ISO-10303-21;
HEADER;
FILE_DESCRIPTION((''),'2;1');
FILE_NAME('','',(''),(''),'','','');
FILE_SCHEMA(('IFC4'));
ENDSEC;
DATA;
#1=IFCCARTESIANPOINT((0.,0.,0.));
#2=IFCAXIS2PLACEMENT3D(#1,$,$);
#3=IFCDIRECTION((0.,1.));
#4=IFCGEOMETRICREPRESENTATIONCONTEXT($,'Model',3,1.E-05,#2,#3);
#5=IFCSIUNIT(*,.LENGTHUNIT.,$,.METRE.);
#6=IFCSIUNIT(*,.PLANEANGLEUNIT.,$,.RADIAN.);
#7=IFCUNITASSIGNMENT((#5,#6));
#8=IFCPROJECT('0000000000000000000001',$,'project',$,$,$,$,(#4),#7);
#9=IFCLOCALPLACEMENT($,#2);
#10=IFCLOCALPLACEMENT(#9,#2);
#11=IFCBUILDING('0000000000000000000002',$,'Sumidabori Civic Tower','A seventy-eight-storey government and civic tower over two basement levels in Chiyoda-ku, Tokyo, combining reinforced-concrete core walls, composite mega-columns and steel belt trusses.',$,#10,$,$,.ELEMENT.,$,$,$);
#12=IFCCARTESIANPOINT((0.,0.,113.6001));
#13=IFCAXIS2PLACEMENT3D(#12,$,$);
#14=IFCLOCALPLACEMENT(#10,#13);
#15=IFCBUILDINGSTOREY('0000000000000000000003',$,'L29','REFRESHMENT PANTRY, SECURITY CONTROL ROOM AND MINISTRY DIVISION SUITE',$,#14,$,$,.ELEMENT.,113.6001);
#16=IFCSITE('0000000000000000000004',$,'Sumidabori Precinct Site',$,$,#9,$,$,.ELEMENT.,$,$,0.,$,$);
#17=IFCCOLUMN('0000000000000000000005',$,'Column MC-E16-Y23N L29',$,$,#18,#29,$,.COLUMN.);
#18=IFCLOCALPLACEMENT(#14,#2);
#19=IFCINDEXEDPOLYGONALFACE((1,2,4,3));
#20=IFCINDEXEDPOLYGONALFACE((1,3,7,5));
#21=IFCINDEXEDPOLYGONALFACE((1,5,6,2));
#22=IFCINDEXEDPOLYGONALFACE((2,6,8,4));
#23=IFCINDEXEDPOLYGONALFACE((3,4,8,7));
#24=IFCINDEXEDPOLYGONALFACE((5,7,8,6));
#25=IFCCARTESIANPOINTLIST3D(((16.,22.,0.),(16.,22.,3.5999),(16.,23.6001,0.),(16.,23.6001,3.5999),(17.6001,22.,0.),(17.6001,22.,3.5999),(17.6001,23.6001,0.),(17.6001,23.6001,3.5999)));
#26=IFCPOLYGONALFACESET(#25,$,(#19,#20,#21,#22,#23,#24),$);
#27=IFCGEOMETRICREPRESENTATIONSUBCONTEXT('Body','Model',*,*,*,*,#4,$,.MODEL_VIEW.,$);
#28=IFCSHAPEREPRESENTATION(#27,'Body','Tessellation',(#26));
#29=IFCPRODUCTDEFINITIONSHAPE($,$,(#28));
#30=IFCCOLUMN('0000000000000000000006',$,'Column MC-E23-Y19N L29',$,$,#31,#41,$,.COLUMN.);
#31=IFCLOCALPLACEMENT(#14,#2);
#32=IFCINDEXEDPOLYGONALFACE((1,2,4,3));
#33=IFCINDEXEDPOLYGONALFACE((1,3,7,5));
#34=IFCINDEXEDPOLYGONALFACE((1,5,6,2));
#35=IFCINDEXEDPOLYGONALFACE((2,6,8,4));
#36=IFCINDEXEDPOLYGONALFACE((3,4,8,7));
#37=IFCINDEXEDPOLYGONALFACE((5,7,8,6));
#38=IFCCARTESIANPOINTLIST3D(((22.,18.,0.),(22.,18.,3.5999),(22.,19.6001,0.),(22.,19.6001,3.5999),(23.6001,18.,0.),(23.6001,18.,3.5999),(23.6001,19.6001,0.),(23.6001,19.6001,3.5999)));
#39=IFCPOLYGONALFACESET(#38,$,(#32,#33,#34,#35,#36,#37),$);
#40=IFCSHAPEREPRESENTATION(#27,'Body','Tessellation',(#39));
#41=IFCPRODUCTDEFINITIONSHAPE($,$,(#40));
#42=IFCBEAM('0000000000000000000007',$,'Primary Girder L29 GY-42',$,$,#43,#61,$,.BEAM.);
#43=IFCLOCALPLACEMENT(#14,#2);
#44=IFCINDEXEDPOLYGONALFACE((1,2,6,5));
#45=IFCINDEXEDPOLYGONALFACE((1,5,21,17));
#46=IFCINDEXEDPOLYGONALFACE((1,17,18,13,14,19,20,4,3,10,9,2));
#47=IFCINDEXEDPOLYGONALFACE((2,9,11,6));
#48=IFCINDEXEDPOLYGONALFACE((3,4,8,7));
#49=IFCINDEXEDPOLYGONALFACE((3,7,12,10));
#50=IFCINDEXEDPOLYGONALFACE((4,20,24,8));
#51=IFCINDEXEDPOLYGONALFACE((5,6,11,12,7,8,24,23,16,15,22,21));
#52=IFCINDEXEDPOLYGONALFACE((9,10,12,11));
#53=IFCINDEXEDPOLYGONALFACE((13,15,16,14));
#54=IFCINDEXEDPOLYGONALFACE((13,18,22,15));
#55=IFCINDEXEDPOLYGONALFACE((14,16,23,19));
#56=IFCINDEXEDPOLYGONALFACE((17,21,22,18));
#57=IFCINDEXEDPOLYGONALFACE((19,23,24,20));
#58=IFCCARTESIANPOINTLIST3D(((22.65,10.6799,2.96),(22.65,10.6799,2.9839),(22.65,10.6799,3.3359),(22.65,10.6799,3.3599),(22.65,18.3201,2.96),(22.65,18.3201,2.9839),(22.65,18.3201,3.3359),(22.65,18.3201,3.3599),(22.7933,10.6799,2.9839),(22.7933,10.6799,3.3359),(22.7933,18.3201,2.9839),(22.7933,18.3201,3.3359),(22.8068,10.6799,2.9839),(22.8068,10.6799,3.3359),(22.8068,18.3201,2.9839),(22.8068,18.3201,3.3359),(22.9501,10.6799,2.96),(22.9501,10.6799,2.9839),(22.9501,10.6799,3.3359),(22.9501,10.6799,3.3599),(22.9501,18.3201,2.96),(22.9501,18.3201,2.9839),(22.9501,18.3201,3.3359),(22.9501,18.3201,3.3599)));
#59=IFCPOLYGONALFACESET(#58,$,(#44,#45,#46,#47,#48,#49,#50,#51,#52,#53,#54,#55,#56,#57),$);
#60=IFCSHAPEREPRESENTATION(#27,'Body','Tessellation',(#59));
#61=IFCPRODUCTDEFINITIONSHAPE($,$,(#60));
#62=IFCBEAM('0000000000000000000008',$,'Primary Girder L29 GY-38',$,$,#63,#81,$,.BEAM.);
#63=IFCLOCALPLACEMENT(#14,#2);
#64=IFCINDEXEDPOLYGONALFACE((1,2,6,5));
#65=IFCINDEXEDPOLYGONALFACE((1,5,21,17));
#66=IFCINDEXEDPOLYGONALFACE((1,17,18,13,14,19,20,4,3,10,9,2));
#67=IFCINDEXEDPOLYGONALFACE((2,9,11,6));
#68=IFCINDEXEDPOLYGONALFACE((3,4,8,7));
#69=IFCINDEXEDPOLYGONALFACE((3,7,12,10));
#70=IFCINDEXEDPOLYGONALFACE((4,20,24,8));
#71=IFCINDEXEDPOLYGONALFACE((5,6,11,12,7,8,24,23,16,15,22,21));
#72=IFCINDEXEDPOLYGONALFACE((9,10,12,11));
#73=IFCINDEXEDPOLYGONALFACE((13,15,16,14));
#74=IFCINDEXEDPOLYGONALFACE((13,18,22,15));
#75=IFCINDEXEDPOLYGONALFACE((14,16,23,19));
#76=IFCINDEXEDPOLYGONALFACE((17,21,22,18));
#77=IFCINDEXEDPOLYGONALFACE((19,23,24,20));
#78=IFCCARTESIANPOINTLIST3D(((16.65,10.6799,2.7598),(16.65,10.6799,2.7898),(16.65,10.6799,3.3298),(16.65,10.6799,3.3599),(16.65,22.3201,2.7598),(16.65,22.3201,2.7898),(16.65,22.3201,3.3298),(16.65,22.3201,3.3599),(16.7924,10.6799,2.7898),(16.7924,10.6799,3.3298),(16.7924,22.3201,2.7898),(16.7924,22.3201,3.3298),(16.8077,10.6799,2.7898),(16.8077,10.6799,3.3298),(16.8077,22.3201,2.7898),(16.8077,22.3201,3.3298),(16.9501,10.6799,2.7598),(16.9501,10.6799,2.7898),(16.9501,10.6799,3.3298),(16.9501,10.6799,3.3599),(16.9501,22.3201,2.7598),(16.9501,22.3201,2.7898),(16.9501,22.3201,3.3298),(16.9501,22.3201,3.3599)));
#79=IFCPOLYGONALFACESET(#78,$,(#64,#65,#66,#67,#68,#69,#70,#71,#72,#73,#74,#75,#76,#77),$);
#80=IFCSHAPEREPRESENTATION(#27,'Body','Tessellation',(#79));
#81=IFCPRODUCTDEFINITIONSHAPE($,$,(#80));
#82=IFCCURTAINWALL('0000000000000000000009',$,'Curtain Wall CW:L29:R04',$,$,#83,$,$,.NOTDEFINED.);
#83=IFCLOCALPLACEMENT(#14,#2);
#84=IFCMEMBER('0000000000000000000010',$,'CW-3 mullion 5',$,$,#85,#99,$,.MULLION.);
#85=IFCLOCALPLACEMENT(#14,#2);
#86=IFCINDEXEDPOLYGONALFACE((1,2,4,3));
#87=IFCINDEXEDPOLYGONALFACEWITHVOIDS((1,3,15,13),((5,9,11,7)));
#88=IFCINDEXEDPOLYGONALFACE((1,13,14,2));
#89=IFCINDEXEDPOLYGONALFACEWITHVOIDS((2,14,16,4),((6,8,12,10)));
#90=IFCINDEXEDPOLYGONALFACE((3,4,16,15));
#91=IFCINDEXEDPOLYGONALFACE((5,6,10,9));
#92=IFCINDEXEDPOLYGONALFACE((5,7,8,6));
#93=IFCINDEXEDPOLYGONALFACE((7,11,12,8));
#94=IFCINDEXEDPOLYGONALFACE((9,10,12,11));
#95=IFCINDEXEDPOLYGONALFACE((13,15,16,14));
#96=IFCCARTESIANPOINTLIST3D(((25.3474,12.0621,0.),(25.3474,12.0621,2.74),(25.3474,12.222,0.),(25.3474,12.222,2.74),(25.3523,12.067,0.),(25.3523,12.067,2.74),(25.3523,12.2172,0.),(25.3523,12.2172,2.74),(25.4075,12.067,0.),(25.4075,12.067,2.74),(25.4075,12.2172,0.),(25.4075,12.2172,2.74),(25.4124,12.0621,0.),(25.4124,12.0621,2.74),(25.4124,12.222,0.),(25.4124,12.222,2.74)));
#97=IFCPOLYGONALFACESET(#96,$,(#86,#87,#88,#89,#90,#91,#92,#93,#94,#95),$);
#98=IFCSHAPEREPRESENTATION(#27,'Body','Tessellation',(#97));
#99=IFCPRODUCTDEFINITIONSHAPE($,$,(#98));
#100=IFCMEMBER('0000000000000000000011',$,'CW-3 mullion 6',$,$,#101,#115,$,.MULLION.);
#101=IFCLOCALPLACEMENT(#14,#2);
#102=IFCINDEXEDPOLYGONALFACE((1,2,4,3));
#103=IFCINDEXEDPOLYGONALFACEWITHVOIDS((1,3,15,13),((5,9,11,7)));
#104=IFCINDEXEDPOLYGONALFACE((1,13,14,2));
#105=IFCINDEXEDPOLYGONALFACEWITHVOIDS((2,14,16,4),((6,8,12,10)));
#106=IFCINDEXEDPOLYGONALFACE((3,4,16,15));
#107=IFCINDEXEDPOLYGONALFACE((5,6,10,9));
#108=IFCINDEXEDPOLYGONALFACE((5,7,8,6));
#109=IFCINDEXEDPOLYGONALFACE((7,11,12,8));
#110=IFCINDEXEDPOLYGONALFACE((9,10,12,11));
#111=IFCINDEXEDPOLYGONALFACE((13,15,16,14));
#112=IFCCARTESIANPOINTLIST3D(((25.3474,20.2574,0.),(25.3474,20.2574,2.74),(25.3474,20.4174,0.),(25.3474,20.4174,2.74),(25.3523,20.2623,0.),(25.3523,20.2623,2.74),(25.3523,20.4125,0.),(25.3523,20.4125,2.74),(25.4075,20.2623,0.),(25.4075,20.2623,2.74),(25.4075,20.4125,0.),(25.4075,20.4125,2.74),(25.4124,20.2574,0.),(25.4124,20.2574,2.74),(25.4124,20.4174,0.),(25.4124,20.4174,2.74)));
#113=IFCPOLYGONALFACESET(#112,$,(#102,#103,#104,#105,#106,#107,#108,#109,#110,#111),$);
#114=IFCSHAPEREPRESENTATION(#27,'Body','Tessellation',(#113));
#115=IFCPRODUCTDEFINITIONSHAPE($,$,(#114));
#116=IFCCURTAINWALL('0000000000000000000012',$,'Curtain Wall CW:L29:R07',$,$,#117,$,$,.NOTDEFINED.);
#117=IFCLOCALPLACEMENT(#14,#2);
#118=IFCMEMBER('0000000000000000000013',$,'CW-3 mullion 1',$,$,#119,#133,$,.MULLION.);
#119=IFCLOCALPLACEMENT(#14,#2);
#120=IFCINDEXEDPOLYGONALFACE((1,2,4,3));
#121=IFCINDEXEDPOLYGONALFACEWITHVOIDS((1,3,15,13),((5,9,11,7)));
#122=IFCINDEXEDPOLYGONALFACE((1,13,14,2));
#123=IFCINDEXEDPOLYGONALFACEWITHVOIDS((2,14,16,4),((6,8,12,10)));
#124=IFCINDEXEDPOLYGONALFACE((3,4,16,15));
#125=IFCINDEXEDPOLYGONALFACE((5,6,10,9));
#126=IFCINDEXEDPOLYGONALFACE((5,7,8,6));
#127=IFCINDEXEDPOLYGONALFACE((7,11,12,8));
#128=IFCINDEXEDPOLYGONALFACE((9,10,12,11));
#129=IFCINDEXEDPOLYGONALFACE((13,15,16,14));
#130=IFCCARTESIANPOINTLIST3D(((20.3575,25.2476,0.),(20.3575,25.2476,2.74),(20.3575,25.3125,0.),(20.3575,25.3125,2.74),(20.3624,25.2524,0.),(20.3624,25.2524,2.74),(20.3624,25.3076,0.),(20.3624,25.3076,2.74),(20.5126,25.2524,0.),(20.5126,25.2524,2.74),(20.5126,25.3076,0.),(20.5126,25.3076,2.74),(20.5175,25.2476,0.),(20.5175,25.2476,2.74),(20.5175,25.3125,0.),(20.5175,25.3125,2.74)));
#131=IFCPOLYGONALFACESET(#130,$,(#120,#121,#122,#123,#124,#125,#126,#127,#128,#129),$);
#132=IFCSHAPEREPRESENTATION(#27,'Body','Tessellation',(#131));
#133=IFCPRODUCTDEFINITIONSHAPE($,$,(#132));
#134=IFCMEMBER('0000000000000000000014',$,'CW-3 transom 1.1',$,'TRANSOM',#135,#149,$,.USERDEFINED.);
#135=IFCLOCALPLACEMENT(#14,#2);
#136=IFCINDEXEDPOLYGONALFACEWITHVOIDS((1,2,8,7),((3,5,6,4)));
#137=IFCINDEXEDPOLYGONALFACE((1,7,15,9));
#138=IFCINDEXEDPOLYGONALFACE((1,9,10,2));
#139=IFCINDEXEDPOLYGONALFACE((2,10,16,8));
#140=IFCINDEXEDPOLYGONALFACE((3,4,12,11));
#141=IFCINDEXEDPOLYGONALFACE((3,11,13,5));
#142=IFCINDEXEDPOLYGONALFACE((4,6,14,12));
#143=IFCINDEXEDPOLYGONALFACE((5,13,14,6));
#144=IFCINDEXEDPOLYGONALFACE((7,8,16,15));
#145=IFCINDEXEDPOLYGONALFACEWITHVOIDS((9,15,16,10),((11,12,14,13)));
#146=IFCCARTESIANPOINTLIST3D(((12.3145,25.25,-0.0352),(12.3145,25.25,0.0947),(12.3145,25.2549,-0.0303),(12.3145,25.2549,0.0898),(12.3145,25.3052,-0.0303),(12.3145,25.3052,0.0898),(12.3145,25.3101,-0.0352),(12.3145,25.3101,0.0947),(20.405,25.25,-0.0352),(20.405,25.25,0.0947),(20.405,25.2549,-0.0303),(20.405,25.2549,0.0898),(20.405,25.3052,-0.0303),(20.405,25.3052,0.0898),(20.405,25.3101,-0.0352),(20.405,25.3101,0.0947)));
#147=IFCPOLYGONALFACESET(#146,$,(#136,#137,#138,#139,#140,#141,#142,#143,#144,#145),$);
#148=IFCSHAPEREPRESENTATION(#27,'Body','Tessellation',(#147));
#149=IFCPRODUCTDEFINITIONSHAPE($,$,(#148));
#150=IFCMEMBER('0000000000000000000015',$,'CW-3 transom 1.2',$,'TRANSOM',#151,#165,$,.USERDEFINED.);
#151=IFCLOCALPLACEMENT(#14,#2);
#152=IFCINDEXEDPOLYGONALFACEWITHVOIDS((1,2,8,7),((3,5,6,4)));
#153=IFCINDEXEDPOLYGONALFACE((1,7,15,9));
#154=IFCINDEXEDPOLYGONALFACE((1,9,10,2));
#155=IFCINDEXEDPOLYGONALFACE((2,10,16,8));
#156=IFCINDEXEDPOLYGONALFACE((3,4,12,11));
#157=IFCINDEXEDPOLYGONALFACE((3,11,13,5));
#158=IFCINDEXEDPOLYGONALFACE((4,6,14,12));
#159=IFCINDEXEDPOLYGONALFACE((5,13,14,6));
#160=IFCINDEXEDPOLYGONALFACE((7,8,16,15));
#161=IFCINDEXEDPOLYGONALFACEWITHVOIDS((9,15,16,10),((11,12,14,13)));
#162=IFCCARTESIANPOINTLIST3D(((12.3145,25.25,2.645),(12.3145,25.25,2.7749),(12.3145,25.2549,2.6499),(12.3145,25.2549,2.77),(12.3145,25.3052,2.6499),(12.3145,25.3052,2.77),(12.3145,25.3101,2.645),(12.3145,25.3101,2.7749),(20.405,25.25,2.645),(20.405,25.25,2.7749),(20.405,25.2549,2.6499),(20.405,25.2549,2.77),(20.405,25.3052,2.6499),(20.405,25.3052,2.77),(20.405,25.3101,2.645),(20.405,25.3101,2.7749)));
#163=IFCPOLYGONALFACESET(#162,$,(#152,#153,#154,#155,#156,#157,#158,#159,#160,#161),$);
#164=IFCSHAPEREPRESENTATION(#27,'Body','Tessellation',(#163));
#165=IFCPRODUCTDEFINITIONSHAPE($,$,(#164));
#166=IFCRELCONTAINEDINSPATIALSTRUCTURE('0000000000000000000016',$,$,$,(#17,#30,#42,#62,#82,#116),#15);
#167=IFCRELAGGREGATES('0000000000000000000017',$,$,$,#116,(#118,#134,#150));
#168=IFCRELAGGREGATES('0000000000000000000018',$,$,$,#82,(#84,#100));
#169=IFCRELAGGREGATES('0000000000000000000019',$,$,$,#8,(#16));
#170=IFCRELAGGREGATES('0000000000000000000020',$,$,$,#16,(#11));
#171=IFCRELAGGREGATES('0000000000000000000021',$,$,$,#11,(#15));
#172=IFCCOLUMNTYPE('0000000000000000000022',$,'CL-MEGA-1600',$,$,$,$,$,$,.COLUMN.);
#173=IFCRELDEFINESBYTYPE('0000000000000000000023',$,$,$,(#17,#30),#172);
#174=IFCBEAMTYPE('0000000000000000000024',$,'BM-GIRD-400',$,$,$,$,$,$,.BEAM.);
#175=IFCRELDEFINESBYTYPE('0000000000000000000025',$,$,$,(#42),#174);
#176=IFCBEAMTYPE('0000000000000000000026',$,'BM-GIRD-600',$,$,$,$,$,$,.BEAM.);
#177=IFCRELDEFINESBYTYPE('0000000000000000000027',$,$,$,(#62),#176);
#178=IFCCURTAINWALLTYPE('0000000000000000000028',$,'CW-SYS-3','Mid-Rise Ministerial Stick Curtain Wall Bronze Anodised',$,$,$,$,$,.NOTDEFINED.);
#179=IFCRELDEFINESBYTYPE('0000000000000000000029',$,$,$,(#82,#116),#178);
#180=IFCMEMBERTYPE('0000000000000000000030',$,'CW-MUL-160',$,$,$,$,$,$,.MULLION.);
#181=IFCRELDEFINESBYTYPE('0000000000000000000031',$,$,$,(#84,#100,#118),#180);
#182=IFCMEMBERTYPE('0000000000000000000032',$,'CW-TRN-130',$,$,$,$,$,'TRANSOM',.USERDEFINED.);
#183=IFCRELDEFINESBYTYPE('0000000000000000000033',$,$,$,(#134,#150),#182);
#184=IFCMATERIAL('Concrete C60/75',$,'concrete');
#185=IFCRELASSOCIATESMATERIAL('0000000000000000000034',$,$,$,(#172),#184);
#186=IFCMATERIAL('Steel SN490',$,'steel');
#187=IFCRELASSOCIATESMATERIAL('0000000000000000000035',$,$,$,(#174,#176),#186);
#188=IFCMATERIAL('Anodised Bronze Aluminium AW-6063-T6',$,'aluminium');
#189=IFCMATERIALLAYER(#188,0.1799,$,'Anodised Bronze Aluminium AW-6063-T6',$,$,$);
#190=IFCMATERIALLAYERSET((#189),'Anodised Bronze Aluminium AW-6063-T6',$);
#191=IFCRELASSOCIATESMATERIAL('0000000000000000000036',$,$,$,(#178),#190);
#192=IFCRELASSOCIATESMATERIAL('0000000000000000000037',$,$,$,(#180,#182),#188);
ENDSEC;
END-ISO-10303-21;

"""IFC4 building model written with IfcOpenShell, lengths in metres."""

from ifc_helpers import new_model, si_unit, direction, frame, origin, origin_2d, place, context, subcontext, project, spatial, rectangle, hollow_rectangle, i_section, extrude, source, transform, mapped, material, layer, layer_set, material_profile, profile_set, type_object, element, aggregate, save


model = new_model("IFC4")

# Units and contexts
model_context = context("Model", 3, precision=1e-05, world=origin(), true_north=direction((0.0, 1.0)))
body_context = subcontext(model_context, "Body", "Model", "MODEL_VIEW")
ifc_project = project(units=[si_unit("LENGTHUNIT", "METRE"), si_unit("PLANEANGLEUNIT", "RADIAN")], contexts=[model_context])

# Site, building, storey
site_placement = place(None, origin())
site = spatial("IfcSite", under=ifc_project, at=site_placement, Name="Sumidabori Precinct Site", CompositionType="ELEMENT", RefElevation=0.0)
building_placement = place(site_placement, origin())
building = spatial("IfcBuilding", under=site, at=building_placement, Name="Sumidabori Civic Tower", Description="A seventy-eight-storey government and civic tower over two basement levels in Chiyoda-ku, Tokyo, combining reinforced-concrete core walls, composite mega-columns and steel belt trusses.", CompositionType="ELEMENT")
storey_placement = place(building_placement, frame((0.0, 0.0, 113.6001)))
storey = spatial("IfcBuildingStorey", under=building, at=storey_placement, Name="L29", Description="REFRESHMENT PANTRY, SECURITY CONTROL ROOM AND MINISTRY DIVISION SUITE", CompositionType="ELEMENT", Elevation=113.6001)

# Columns
ifc_material_1 = material(Name="Concrete C60/75", Category="concrete")
ifc_material_profile_1 = material_profile(ifc_material_1, rectangle(XDim=1.6001, YDim=1.6001, at=origin_2d()), Name="RC 1600x1600")
ifc_profile_set_1 = profile_set([ifc_material_profile_1], Name="Concrete C60/75")
column_type = type_object("IfcColumnType", Name="CL-MEGA-1600", PredefinedType="COLUMN", material=ifc_profile_set_1)
shared_shape_1 = source(origin(), body_context, "Body", "SweptSolid", [
    extrude(rectangle(XDim=1.6001, YDim=1.6001, at=origin_2d()), origin(), (0.0, 0.0, 1.0), 3.5999),
])
for number, where, z_axis, x_axis, name in (
    (1, (16.8, 22.8, 0.0), (0.0, 0.0, 1.0), (1.0, 0.0, 0.0), "Column MC-E16-Y23N L29"),
    (2, (22.8, 18.8, 0.0), (0.0, 0.0, 1.0), (1.0, 0.0, 0.0), "Column MC-E23-Y19N L29"),
):
    element("IfcColumn", number, at=place(storey_placement, frame(where, z_axis=z_axis, x_axis=x_axis)), inside=storey, type_object=column_type, Name=name, PredefinedType="COLUMN", context=body_context, shape_type="MappedRepresentation", body=[
        mapped(shared_shape_1, transform((0.0, 0.0, 0.0), x_axis=(1.0, 0.0, 0.0), y_axis=(0.0, 1.0, 0.0), z_axis=(0.0, 0.0, 1.0), scale=1.0)),
    ])

# Beams
ifc_material_2 = material(Name="Steel SN490", Category="steel")
ifc_material_profile_2 = material_profile(ifc_material_2, i_section(OverallWidth=0.3, OverallDepth=0.3999, WebThickness=0.0134, FlangeThickness=0.0239, at=origin_2d()), Name="HE 400 B")
ifc_profile_set_2 = profile_set([ifc_material_profile_2], Name="Steel SN490")
beam_type_1 = type_object("IfcBeamType", Name="BM-GIRD-400", PredefinedType="BEAM", material=ifc_profile_set_2)
shared_shape_2 = source(origin(), body_context, "Body", "SweptSolid", [
    extrude(i_section(OverallWidth=0.3, OverallDepth=0.3999, WebThickness=0.0134, FlangeThickness=0.0239, at=origin_2d()), origin(), (0.0, 0.0, 1.0), 7.6401),
])
beam_1_placement = place(storey_placement, frame((22.8, 10.6799, 3.1599), z_axis=(0.0, 1.0, 0.0), x_axis=(-1.0, 0.0, 0.0)))
element("IfcBeam", 3, at=beam_1_placement, inside=storey, type_object=beam_type_1, Name="Primary Girder L29 GY-42", PredefinedType="BEAM", context=body_context, shape_type="MappedRepresentation", body=[
    mapped(shared_shape_2, transform((0.0, 0.0, 0.0), x_axis=(1.0, 0.0, 0.0), y_axis=(0.0, 1.0, 0.0), z_axis=(0.0, 0.0, 1.0), scale=1.0)),
])
ifc_material_profile_3 = material_profile(ifc_material_2, i_section(OverallWidth=0.3, OverallDepth=0.6001, WebThickness=0.0154, FlangeThickness=0.03, at=origin_2d()), Name="HE 600 B")
ifc_profile_set_3 = profile_set([ifc_material_profile_3], Name="Steel SN490")
beam_type_2 = type_object("IfcBeamType", Name="BM-GIRD-600", PredefinedType="BEAM", material=ifc_profile_set_3)
shared_shape_3 = source(origin(), body_context, "Body", "SweptSolid", [
    extrude(i_section(OverallWidth=0.3, OverallDepth=0.6001, WebThickness=0.0154, FlangeThickness=0.03, at=origin_2d()), origin(), (0.0, 0.0, 1.0), 11.6401),
])
beam_2_placement = place(storey_placement, frame((16.8, 10.6799, 3.0598), z_axis=(0.0, 1.0, 0.0), x_axis=(-1.0, 0.0, 0.0)))
element("IfcBeam", 4, at=beam_2_placement, inside=storey, type_object=beam_type_2, Name="Primary Girder L29 GY-38", PredefinedType="BEAM", context=body_context, shape_type="MappedRepresentation", body=[
    mapped(shared_shape_3, transform((0.0, 0.0, 0.0), x_axis=(1.0, 0.0, 0.0), y_axis=(0.0, 1.0, 0.0), z_axis=(0.0, 0.0, 1.0), scale=1.0)),
])

# Curtain walls, members
ifc_material_3 = material(Name="Anodised Bronze Aluminium AW-6063-T6", Category="aluminium")
ifc_layer_1 = layer(ifc_material_3, 0.1799, Name="Anodised Bronze Aluminium AW-6063-T6")
ifc_layer_set_1 = layer_set([ifc_layer_1], Name="Anodised Bronze Aluminium AW-6063-T6")
curtain_wall_type = type_object("IfcCurtainWallType", Name="CW-SYS-3", Description="Mid-Rise Ministerial Stick Curtain Wall Bronze Anodised", PredefinedType="NOTDEFINED", material=ifc_layer_set_1)
curtain_wall_1_placement = place(storey_placement, origin())
curtain_wall_1 = element("IfcCurtainWall", 5, at=curtain_wall_1_placement, inside=storey, type_object=curtain_wall_type, Name="Curtain Wall CW:L29:R04", PredefinedType="NOTDEFINED")
ifc_material_profile_4 = material_profile(ifc_material_3, hollow_rectangle(XDim=0.0649, YDim=0.1599, WallThickness=0.0049, at=origin_2d()), Name="ALU MULLION 160x65")
ifc_profile_set_4 = profile_set([ifc_material_profile_4], Name="Anodised Bronze Aluminium AW-6063-T6")
member_type_1 = type_object("IfcMemberType", Name="CW-MUL-160", PredefinedType="MULLION", material=ifc_profile_set_4)
shared_shape_4 = source(origin(), body_context, "Body", "SweptSolid", [
    extrude(hollow_rectangle(XDim=0.0649, YDim=0.1599, WallThickness=0.0049, at=origin_2d()), origin(), (0.0, 0.0, 1.0), 2.74),
])
member_1_placement = place(storey_placement, frame((25.3799, 12.1421, 0.0), z_axis=(0.0, 0.0, 1.0), x_axis=(-1.0, 0.0, 0.0)))
member_1 = element("IfcMember", 6, at=member_1_placement, type_object=member_type_1, Name="CW-3 mullion 5", PredefinedType="MULLION", context=body_context, shape_type="MappedRepresentation", body=[
    mapped(shared_shape_4, transform((0.0, 0.0, 0.0), x_axis=(1.0, 0.0, 0.0), y_axis=(0.0, 1.0, 0.0), z_axis=(0.0, 0.0, 1.0), scale=1.0)),
])
member_2_placement = place(storey_placement, frame((25.3799, 20.3374, 0.0), z_axis=(0.0, 0.0, 1.0), x_axis=(-1.0, 0.0, 0.0)))
member_2 = element("IfcMember", 7, at=member_2_placement, type_object=member_type_1, Name="CW-3 mullion 6", PredefinedType="MULLION", context=body_context, shape_type="MappedRepresentation", body=[
    mapped(shared_shape_4, transform((0.0, 0.0, 0.0), x_axis=(1.0, 0.0, 0.0), y_axis=(0.0, 1.0, 0.0), z_axis=(0.0, 0.0, 1.0), scale=1.0)),
])
curtain_wall_2_placement = place(storey_placement, origin())
curtain_wall_2 = element("IfcCurtainWall", 8, at=curtain_wall_2_placement, inside=storey, type_object=curtain_wall_type, Name="Curtain Wall CW:L29:R07", PredefinedType="NOTDEFINED")
member_3_placement = place(storey_placement, frame((20.4375, 25.28, 0.0), z_axis=(0.0, 0.0, 1.0), x_axis=(0.0, -1.0, 0.0)))
member_3 = element("IfcMember", 9, at=member_3_placement, type_object=member_type_1, Name="CW-3 mullion 1", PredefinedType="MULLION", context=body_context, shape_type="MappedRepresentation", body=[
    mapped(shared_shape_4, transform((0.0, 0.0, 0.0), x_axis=(1.0, 0.0, 0.0), y_axis=(0.0, 1.0, 0.0), z_axis=(0.0, 0.0, 1.0), scale=1.0)),
])
ifc_material_profile_5 = material_profile(ifc_material_3, hollow_rectangle(XDim=0.0601, YDim=0.1299, WallThickness=0.0049, at=origin_2d()), Name="ALU TRANSOM 130x60")
ifc_profile_set_5 = profile_set([ifc_material_profile_5], Name="Anodised Bronze Aluminium AW-6063-T6")
member_type_2 = type_object("IfcMemberType", Name="CW-TRN-130", ElementType="TRANSOM", PredefinedType="USERDEFINED", material=ifc_profile_set_5)
shared_shape_5 = source(origin(), body_context, "Body", "SweptSolid", [
    extrude(hollow_rectangle(XDim=0.0601, YDim=0.1299, WallThickness=0.0049, at=origin_2d()), origin(), (0.0, 0.0, 1.0), 8.0906),
])
member_4_placement = place(storey_placement, frame((20.405, 25.28, 0.0298), z_axis=(-1.0, 0.0, 0.0), x_axis=(0.0, -1.0, 0.0)))
member_4 = element("IfcMember", 10, at=member_4_placement, type_object=member_type_2, Name="CW-3 transom 1.1", ObjectType="TRANSOM", PredefinedType="USERDEFINED", context=body_context, shape_type="MappedRepresentation", body=[
    mapped(shared_shape_5, transform((0.0, 0.0, 0.0), x_axis=(1.0, 0.0, 0.0), y_axis=(0.0, 1.0, 0.0), z_axis=(0.0, 0.0, 1.0), scale=1.0)),
])
member_5_placement = place(storey_placement, frame((20.405, 25.28, 2.71), z_axis=(-1.0, 0.0, 0.0), x_axis=(0.0, -1.0, 0.0)))
member_5 = element("IfcMember", 11, at=member_5_placement, type_object=member_type_2, Name="CW-3 transom 1.2", ObjectType="TRANSOM", PredefinedType="USERDEFINED", context=body_context, shape_type="MappedRepresentation", body=[
    mapped(shared_shape_5, transform((0.0, 0.0, 0.0), x_axis=(1.0, 0.0, 0.0), y_axis=(0.0, 1.0, 0.0), z_axis=(0.0, 0.0, 1.0), scale=1.0)),
])

aggregate(curtain_wall_2, [member_3, member_4, member_5])
aggregate(curtain_wall_1, [member_1, member_2])

save(model, "model.ifc")
